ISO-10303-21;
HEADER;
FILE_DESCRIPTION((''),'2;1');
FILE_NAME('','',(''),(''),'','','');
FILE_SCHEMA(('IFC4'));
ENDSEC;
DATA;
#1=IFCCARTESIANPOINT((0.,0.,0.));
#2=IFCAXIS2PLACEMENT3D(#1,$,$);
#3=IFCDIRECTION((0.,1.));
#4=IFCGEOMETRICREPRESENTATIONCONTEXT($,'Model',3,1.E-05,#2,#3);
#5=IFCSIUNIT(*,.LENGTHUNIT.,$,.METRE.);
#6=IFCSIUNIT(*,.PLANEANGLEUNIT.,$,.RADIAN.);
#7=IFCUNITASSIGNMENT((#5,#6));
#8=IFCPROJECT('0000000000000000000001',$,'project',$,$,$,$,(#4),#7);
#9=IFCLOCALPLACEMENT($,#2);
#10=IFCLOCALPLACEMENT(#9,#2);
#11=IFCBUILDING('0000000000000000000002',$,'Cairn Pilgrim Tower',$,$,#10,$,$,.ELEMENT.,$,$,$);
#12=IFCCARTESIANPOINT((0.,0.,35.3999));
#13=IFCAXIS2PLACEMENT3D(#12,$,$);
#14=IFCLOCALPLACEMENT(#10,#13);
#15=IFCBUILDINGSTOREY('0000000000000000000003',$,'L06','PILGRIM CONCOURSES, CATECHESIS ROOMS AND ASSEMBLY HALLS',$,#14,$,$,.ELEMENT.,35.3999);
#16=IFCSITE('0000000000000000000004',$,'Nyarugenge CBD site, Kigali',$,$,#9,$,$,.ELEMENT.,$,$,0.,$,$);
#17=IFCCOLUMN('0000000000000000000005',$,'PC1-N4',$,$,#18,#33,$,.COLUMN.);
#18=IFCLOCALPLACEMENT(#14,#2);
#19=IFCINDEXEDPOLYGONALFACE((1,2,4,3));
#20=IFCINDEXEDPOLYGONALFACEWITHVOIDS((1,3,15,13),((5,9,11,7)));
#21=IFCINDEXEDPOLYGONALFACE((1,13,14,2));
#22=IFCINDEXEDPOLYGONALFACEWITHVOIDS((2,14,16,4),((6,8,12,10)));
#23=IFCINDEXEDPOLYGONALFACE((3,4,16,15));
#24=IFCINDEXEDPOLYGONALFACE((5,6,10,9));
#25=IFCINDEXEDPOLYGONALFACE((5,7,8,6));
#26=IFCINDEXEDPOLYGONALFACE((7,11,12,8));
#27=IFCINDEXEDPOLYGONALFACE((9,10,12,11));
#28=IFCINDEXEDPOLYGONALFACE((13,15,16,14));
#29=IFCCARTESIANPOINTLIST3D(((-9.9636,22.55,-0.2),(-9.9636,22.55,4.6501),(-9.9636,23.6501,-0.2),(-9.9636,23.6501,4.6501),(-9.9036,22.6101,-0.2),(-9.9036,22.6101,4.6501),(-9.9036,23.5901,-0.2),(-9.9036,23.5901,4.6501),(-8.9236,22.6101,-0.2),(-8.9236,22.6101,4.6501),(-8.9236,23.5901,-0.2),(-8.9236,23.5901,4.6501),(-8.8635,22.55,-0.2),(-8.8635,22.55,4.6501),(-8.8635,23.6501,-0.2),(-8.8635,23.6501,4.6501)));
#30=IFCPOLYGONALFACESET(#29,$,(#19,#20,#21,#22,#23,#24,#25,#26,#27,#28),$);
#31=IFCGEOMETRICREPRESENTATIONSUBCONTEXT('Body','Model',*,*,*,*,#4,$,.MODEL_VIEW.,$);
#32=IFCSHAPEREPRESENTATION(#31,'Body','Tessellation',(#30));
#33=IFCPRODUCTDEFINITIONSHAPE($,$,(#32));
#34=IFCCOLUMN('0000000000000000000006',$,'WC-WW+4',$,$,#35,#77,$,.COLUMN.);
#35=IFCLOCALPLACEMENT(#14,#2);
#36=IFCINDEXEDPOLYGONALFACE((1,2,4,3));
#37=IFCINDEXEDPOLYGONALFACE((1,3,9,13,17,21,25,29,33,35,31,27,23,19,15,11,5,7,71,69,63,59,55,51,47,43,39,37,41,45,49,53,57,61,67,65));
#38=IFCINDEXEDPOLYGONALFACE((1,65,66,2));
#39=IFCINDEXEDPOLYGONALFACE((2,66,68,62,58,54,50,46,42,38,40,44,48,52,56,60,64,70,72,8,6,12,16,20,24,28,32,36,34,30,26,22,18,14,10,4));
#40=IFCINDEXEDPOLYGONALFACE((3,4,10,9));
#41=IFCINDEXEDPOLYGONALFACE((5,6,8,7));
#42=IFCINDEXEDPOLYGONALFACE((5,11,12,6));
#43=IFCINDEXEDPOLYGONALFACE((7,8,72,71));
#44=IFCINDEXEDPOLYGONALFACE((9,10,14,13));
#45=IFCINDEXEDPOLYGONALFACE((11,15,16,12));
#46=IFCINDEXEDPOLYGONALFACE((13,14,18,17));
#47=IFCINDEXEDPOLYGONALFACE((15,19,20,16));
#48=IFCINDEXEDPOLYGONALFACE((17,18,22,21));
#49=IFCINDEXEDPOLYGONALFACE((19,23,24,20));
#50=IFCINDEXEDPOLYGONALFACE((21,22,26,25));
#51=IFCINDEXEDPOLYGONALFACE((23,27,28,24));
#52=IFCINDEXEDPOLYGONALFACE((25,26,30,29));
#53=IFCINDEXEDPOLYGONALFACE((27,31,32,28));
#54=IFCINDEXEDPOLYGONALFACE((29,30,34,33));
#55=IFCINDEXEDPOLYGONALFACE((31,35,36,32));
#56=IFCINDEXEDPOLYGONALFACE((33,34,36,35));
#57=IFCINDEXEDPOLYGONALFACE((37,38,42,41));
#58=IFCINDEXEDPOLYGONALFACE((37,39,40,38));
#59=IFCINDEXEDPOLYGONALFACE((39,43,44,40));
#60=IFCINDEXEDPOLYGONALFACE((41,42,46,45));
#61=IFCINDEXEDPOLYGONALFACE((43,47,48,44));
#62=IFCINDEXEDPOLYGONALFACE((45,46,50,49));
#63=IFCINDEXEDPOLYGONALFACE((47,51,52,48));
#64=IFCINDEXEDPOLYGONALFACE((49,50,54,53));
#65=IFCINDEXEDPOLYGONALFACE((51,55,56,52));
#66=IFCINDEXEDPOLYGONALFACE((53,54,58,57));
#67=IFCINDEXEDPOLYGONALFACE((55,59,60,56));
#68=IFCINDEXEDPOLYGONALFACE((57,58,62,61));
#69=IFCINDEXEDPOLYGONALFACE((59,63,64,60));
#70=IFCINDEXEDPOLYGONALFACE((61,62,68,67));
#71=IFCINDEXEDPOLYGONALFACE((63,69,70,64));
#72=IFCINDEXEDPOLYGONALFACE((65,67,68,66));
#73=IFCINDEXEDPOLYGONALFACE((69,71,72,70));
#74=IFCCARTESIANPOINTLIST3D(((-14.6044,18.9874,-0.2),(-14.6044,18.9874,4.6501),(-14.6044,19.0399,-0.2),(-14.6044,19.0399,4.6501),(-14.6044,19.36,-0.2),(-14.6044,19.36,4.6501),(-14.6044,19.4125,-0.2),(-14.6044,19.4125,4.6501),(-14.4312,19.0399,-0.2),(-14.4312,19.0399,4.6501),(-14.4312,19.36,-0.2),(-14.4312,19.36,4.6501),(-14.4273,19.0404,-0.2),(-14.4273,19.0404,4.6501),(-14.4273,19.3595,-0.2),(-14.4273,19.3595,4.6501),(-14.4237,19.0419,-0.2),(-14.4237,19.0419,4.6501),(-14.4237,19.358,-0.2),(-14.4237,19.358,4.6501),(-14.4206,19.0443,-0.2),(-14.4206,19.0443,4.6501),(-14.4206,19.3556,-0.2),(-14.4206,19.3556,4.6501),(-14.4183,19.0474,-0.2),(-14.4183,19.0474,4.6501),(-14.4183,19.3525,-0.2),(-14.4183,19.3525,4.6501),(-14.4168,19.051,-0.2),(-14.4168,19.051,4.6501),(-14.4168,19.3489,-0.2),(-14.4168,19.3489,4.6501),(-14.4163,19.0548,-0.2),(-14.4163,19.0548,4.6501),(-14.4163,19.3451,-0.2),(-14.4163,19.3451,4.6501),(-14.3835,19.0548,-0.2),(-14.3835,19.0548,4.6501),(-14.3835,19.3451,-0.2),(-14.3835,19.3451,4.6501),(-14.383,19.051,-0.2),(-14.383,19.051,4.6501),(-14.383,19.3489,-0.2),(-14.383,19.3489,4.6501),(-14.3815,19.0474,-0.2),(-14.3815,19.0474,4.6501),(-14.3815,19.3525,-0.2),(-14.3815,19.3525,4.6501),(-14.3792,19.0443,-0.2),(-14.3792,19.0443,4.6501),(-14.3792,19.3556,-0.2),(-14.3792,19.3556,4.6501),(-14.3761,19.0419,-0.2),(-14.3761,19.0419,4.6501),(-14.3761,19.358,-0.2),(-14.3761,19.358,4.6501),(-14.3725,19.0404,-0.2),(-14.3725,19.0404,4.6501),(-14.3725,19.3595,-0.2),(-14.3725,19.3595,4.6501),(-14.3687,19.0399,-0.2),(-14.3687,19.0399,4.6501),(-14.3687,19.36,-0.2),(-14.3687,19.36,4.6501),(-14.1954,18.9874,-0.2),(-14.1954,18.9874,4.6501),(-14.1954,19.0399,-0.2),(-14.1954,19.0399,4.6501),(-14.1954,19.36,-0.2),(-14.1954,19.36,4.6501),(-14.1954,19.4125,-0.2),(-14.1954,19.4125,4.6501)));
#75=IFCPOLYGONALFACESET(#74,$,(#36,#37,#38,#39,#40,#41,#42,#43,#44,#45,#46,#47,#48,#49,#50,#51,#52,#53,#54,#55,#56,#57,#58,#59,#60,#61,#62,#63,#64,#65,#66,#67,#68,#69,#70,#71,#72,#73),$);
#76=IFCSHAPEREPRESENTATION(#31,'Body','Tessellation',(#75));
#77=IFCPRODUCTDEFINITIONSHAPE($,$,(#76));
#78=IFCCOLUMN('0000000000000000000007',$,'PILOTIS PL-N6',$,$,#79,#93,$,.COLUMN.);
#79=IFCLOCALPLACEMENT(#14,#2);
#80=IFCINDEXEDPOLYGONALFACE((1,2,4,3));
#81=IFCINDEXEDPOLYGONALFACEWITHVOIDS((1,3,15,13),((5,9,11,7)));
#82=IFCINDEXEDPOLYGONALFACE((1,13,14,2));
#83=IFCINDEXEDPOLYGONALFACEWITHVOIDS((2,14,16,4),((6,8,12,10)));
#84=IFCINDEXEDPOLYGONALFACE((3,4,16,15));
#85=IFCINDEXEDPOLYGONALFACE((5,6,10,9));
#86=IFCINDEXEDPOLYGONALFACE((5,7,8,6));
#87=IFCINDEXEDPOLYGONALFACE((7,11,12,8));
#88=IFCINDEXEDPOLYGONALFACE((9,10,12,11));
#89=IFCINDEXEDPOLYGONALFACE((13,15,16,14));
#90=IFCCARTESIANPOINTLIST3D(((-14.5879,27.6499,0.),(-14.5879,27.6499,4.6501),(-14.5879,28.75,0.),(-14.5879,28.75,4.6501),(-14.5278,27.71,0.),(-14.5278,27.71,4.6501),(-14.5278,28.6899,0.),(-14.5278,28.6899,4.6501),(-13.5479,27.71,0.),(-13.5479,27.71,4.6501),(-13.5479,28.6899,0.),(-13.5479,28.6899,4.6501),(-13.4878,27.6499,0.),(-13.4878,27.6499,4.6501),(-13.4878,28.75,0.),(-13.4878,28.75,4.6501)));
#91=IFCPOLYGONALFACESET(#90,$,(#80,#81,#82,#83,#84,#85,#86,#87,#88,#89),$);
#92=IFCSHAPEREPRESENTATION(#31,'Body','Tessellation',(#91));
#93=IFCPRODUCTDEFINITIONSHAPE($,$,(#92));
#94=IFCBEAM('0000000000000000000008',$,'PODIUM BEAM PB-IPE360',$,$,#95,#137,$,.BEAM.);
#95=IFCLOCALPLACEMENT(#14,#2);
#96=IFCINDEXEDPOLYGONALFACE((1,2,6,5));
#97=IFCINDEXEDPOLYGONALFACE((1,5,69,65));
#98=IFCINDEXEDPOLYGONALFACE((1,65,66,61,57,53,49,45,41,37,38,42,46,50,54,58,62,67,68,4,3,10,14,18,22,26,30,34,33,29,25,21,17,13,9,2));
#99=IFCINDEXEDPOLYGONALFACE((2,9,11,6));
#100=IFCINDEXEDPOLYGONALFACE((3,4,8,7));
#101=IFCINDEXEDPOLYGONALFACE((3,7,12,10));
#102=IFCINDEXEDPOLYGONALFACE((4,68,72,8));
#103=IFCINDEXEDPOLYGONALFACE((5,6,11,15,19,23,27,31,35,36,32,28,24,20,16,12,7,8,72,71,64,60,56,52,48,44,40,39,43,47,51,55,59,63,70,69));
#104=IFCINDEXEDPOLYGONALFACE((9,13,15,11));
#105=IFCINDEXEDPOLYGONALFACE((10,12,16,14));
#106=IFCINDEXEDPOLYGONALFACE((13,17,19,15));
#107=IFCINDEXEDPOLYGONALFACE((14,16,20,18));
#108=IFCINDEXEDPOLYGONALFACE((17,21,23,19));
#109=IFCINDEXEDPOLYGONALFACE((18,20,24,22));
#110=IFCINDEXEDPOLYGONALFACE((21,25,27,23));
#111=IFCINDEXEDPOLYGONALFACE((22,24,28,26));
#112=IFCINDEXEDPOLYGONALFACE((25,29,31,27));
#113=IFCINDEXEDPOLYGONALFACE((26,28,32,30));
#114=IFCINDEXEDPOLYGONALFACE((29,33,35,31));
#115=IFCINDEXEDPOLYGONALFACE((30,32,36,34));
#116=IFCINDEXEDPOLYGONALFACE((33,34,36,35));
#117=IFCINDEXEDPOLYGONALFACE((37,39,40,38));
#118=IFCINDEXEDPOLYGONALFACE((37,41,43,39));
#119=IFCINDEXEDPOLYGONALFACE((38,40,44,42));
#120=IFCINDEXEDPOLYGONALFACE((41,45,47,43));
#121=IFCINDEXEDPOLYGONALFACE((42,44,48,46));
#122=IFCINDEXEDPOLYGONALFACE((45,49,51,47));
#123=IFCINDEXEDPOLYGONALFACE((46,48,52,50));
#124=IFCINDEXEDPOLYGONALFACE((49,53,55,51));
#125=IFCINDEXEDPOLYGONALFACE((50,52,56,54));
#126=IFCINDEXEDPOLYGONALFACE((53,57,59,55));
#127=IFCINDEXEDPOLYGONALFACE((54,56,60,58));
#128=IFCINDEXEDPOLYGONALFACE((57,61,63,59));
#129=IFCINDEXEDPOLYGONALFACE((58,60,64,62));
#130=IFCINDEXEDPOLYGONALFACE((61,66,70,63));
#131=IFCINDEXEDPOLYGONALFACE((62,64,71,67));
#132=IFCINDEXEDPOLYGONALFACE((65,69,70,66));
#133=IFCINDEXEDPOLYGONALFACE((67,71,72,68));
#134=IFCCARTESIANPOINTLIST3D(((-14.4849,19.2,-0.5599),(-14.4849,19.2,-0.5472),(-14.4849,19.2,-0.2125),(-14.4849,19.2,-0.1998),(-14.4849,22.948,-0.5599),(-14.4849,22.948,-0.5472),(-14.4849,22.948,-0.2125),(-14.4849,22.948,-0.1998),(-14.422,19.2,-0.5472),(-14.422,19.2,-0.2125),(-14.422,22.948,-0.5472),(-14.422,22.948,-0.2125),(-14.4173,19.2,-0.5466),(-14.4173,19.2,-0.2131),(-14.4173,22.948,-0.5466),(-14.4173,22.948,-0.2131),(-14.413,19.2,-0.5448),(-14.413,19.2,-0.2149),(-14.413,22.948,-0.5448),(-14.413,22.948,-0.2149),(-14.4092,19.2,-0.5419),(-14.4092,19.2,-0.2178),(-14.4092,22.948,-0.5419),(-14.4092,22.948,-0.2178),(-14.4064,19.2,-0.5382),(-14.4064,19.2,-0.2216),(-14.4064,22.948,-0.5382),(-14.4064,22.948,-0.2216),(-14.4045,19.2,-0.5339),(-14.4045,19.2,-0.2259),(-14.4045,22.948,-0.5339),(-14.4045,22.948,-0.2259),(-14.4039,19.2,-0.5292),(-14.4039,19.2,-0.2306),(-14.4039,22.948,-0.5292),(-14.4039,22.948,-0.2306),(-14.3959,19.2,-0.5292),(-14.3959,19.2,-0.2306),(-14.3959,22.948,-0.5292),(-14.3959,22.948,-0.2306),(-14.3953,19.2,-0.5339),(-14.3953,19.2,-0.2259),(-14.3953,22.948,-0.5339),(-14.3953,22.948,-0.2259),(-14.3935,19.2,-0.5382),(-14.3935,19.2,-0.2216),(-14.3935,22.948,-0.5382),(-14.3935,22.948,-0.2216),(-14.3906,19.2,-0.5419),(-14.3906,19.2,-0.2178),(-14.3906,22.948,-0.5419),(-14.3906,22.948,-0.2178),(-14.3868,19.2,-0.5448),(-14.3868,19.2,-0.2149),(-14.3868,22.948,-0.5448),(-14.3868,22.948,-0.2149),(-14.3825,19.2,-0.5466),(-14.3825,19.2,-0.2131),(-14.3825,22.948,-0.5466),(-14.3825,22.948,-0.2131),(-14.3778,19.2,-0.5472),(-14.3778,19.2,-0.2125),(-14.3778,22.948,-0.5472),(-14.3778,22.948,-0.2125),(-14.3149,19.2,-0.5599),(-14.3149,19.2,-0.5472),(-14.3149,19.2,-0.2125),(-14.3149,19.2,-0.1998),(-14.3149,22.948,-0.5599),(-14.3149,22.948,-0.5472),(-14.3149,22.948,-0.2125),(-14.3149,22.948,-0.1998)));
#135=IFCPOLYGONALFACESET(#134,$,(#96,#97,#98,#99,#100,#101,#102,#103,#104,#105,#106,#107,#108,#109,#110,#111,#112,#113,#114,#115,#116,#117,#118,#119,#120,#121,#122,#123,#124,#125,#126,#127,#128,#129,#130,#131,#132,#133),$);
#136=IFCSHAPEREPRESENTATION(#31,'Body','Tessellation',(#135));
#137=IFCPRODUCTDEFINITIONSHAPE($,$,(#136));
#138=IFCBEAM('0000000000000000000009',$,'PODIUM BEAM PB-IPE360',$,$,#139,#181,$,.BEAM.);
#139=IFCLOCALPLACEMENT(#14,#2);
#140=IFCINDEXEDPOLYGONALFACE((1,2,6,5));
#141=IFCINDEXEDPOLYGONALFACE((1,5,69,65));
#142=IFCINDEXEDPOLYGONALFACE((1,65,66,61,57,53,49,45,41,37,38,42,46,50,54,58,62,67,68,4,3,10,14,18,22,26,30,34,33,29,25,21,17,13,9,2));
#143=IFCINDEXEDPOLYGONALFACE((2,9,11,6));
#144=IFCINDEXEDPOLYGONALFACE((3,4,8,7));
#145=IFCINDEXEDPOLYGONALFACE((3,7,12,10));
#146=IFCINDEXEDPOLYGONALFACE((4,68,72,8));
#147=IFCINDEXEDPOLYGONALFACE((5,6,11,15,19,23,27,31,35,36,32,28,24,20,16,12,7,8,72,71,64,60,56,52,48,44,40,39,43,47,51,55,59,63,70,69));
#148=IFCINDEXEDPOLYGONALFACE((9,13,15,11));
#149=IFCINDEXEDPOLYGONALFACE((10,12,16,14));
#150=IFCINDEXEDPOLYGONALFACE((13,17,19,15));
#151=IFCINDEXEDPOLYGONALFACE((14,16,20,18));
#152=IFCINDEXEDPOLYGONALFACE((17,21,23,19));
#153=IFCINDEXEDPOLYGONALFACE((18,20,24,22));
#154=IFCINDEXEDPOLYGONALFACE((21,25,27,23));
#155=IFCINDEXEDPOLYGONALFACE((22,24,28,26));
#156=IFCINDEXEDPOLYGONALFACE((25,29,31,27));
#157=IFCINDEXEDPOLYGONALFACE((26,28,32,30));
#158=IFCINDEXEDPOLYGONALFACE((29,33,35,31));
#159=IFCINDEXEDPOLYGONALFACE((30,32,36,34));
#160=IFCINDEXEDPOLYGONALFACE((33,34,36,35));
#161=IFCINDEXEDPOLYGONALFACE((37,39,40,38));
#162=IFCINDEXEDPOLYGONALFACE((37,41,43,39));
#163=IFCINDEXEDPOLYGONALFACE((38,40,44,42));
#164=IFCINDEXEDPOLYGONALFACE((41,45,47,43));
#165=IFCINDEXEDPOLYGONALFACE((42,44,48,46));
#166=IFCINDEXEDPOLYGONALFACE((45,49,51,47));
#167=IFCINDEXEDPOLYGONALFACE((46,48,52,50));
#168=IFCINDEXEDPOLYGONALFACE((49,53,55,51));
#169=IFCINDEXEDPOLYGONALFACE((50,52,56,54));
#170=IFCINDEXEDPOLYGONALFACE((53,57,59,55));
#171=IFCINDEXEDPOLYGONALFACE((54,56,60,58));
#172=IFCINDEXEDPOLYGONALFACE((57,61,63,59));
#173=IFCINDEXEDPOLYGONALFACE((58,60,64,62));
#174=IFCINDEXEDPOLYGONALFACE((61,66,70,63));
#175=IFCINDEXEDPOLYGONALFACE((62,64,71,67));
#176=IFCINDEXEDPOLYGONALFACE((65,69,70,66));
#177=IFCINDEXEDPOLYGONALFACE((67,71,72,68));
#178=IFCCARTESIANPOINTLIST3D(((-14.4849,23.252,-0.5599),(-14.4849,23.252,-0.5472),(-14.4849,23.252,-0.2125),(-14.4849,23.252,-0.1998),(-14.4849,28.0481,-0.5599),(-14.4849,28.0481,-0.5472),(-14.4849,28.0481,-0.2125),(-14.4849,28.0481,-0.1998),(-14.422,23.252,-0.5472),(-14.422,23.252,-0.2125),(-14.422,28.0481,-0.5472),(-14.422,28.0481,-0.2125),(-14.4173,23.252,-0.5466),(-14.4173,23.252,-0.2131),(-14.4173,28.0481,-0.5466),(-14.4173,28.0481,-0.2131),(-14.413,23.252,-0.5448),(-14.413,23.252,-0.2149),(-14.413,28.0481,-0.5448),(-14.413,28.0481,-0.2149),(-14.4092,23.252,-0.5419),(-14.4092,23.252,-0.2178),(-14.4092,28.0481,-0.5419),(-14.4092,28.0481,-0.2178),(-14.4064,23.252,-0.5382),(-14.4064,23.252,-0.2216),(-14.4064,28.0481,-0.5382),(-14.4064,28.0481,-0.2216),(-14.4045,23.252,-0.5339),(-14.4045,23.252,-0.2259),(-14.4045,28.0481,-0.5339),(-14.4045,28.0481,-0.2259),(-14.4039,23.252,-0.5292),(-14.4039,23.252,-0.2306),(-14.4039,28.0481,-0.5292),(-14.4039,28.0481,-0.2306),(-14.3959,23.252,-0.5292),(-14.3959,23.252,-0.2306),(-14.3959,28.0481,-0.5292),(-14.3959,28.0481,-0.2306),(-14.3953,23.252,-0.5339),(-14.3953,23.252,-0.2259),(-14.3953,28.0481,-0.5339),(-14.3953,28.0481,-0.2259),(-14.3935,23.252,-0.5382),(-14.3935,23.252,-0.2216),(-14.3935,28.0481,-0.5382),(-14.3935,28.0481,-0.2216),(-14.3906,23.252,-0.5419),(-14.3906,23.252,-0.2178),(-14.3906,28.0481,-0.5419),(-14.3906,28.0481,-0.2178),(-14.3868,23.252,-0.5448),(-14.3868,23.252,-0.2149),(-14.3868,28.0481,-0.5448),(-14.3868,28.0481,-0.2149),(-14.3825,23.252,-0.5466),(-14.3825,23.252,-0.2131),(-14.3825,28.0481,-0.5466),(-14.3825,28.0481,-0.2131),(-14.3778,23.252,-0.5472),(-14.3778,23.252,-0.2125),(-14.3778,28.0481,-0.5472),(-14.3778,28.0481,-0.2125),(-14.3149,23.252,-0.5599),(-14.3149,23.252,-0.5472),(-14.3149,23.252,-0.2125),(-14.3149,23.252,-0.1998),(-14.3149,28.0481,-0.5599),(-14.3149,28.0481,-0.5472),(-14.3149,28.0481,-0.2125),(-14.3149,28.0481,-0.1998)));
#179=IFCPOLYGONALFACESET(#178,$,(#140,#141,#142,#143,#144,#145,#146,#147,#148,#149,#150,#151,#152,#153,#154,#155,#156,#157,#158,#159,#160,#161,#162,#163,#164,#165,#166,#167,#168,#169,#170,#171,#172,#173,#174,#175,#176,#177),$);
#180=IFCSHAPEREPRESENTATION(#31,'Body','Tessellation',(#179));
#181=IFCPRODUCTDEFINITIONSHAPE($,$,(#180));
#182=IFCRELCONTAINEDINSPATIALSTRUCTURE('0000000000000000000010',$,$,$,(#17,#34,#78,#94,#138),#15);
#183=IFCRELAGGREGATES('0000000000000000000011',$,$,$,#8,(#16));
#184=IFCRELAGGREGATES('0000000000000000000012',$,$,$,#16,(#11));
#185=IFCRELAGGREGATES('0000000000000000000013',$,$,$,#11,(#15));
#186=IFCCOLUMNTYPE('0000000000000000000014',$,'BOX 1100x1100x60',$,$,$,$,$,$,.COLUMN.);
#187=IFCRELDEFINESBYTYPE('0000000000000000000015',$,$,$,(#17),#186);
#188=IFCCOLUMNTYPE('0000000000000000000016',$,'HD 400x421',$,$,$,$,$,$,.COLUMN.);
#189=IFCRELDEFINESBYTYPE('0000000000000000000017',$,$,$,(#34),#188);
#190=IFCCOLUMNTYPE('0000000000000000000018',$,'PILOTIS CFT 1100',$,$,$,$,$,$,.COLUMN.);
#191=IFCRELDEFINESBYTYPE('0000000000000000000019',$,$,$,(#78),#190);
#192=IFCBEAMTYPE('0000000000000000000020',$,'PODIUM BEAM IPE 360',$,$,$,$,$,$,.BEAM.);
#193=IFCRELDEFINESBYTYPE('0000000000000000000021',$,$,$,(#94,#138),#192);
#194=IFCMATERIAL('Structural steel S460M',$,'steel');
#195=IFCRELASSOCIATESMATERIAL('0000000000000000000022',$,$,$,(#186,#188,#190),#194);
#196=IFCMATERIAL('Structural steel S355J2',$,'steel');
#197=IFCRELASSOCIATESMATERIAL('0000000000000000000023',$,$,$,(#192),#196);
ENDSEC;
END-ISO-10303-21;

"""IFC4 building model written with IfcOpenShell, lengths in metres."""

from ifc_helpers import new_model, si_unit, direction, frame, origin, origin_2d, place, context, subcontext, project, spatial, hollow_rectangle, i_section, extrude, material, material_profile, profile_set, type_object, element, save


model = new_model("IFC4")

# Units and contexts
model_context = context("Model", 3, precision=1e-05, world=origin(), true_north=direction((0.0, 1.0)))
body_context = subcontext(model_context, "Body", "Model", "MODEL_VIEW")
ifc_project = project(units=[si_unit("LENGTHUNIT", "METRE"), si_unit("PLANEANGLEUNIT", "RADIAN")], contexts=[model_context])

# Site, building, storey
site_placement = place(None, origin())
site = spatial("IfcSite", under=ifc_project, at=site_placement, Name="Nyarugenge CBD site, Kigali", CompositionType="ELEMENT", RefElevation=0.0)
building_placement = place(site_placement, origin())
building = spatial("IfcBuilding", under=site, at=building_placement, Name="Cairn Pilgrim Tower", CompositionType="ELEMENT")
storey_placement = place(building_placement, frame((0.0, 0.0, 35.3999)))
storey = spatial("IfcBuildingStorey", under=building, at=storey_placement, Name="L06", Description="PILGRIM CONCOURSES, CATECHESIS ROOMS AND ASSEMBLY HALLS", CompositionType="ELEMENT", Elevation=35.3999)

# Columns
ifc_material_1 = material(Name="Structural steel S460M", Category="steel")
ifc_material_profile_1 = material_profile(ifc_material_1, hollow_rectangle(XDim=1.1001, YDim=1.1001, WallThickness=0.0601, at=origin_2d()), Name="BOX 1100x1100x60")
ifc_profile_set_1 = profile_set([ifc_material_profile_1], Name="Structural steel S460M")
column_type_1 = type_object("IfcColumnType", Name="BOX 1100x1100x60", PredefinedType="COLUMN", material=ifc_profile_set_1)
column_1_placement = place(storey_placement, frame((-9.4136, 23.1001, -0.2), z_axis=(0.0, 0.0, 1.0), x_axis=(1.0, 0.0, 0.0)))
element("IfcColumn", 1, at=column_1_placement, inside=storey, type_object=column_type_1, Name="PC1-N4", PredefinedType="COLUMN", context=body_context, shape_type="SweptSolid", body=[
    extrude(hollow_rectangle(XDim=1.1001, YDim=1.1001, WallThickness=0.0601, at=origin_2d()), origin(), (0.0, 0.0, 1.0), 4.8501),
])
ifc_material_profile_2 = material_profile(ifc_material_1, i_section(OverallWidth=0.4089, OverallDepth=0.425, WebThickness=0.0327, FlangeThickness=0.0525, FilletRadius=0.0149, at=origin_2d()), Name="HD 400x421")
ifc_profile_set_2 = profile_set([ifc_material_profile_2], Name="Structural steel S460M")
column_type_2 = type_object("IfcColumnType", Name="HD 400x421", PredefinedType="COLUMN", material=ifc_profile_set_2)
column_2_placement = place(storey_placement, frame((-14.3999, 19.2, -0.2), z_axis=(0.0, 0.0, 1.0), x_axis=(1.0, 0.0, 0.0)))
element("IfcColumn", 2, at=column_2_placement, inside=storey, type_object=column_type_2, Name="WC-WW+4", PredefinedType="COLUMN", context=body_context, shape_type="SweptSolid", body=[
    extrude(i_section(OverallWidth=0.4089, OverallDepth=0.425, WebThickness=0.0327, FlangeThickness=0.0525, FilletRadius=0.0149, at=origin_2d()), origin(), (0.0, 0.0, 1.0), 4.8501),
])
ifc_material_profile_3 = material_profile(ifc_material_1, hollow_rectangle(XDim=1.1001, YDim=1.1001, WallThickness=0.0601, at=origin_2d()), Name="BOX 1100x1100x60")
ifc_profile_set_3 = profile_set([ifc_material_profile_3], Name="Structural steel S460M")
column_type_3 = type_object("IfcColumnType", Name="PILOTIS CFT 1100", PredefinedType="COLUMN", material=ifc_profile_set_3)
column_3_placement = place(storey_placement, frame((-14.0378, 28.2, 0.0), z_axis=(0.0, 0.0, 1.0), x_axis=(1.0, 0.0, 0.0)))
element("IfcColumn", 3, at=column_3_placement, inside=storey, type_object=column_type_3, Name="PILOTIS PL-N6", PredefinedType="COLUMN", context=body_context, shape_type="SweptSolid", body=[
    extrude(hollow_rectangle(XDim=1.1001, YDim=1.1001, WallThickness=0.0601, at=origin_2d()), origin(), (0.0, 0.0, 1.0), 4.6501),
])

# Beams
ifc_material_2 = material(Name="Structural steel S355J2", Category="steel")
ifc_material_profile_4 = material_profile(ifc_material_2, i_section(OverallWidth=0.1699, OverallDepth=0.3601, WebThickness=0.0081, FlangeThickness=0.0127, FilletRadius=0.0181, at=origin_2d()), Name="IPE 360")
ifc_profile_set_4 = profile_set([ifc_material_profile_4], Name="Structural steel S355J2")
beam_type_1 = type_object("IfcBeamType", Name="PODIUM BEAM IPE 360", PredefinedType="BEAM", material=ifc_profile_set_4)
beam_1_placement = place(storey_placement, frame((-14.3999, 19.2, -0.3799), z_axis=(0.0, 1.0, 0.0), x_axis=(-1.0, 0.0, 0.0)))
element("IfcBeam", 4, at=beam_1_placement, inside=storey, type_object=beam_type_1, Name="PODIUM BEAM PB-IPE360", PredefinedType="BEAM", context=body_context, shape_type="SweptSolid", body=[
    extrude(i_section(OverallWidth=0.1699, OverallDepth=0.3601, WebThickness=0.0081, FlangeThickness=0.0127, FilletRadius=0.0181, at=origin_2d()), origin(), (0.0, 0.0, 1.0), 3.748),
])
beam_2_placement = place(storey_placement, frame((-14.3999, 23.252, -0.3799), z_axis=(0.0, 1.0, 0.0), x_axis=(-1.0, 0.0, 0.0)))
element("IfcBeam", 5, at=beam_2_placement, inside=storey, type_object=beam_type_1, Name="PODIUM BEAM PB-IPE360", PredefinedType="BEAM", context=body_context, shape_type="SweptSolid", body=[
    extrude(i_section(OverallWidth=0.1699, OverallDepth=0.3601, WebThickness=0.0081, FlangeThickness=0.0127, FilletRadius=0.0181, at=origin_2d()), origin(), (0.0, 0.0, 1.0), 4.7961),
])

save(model, "model.ifc")
